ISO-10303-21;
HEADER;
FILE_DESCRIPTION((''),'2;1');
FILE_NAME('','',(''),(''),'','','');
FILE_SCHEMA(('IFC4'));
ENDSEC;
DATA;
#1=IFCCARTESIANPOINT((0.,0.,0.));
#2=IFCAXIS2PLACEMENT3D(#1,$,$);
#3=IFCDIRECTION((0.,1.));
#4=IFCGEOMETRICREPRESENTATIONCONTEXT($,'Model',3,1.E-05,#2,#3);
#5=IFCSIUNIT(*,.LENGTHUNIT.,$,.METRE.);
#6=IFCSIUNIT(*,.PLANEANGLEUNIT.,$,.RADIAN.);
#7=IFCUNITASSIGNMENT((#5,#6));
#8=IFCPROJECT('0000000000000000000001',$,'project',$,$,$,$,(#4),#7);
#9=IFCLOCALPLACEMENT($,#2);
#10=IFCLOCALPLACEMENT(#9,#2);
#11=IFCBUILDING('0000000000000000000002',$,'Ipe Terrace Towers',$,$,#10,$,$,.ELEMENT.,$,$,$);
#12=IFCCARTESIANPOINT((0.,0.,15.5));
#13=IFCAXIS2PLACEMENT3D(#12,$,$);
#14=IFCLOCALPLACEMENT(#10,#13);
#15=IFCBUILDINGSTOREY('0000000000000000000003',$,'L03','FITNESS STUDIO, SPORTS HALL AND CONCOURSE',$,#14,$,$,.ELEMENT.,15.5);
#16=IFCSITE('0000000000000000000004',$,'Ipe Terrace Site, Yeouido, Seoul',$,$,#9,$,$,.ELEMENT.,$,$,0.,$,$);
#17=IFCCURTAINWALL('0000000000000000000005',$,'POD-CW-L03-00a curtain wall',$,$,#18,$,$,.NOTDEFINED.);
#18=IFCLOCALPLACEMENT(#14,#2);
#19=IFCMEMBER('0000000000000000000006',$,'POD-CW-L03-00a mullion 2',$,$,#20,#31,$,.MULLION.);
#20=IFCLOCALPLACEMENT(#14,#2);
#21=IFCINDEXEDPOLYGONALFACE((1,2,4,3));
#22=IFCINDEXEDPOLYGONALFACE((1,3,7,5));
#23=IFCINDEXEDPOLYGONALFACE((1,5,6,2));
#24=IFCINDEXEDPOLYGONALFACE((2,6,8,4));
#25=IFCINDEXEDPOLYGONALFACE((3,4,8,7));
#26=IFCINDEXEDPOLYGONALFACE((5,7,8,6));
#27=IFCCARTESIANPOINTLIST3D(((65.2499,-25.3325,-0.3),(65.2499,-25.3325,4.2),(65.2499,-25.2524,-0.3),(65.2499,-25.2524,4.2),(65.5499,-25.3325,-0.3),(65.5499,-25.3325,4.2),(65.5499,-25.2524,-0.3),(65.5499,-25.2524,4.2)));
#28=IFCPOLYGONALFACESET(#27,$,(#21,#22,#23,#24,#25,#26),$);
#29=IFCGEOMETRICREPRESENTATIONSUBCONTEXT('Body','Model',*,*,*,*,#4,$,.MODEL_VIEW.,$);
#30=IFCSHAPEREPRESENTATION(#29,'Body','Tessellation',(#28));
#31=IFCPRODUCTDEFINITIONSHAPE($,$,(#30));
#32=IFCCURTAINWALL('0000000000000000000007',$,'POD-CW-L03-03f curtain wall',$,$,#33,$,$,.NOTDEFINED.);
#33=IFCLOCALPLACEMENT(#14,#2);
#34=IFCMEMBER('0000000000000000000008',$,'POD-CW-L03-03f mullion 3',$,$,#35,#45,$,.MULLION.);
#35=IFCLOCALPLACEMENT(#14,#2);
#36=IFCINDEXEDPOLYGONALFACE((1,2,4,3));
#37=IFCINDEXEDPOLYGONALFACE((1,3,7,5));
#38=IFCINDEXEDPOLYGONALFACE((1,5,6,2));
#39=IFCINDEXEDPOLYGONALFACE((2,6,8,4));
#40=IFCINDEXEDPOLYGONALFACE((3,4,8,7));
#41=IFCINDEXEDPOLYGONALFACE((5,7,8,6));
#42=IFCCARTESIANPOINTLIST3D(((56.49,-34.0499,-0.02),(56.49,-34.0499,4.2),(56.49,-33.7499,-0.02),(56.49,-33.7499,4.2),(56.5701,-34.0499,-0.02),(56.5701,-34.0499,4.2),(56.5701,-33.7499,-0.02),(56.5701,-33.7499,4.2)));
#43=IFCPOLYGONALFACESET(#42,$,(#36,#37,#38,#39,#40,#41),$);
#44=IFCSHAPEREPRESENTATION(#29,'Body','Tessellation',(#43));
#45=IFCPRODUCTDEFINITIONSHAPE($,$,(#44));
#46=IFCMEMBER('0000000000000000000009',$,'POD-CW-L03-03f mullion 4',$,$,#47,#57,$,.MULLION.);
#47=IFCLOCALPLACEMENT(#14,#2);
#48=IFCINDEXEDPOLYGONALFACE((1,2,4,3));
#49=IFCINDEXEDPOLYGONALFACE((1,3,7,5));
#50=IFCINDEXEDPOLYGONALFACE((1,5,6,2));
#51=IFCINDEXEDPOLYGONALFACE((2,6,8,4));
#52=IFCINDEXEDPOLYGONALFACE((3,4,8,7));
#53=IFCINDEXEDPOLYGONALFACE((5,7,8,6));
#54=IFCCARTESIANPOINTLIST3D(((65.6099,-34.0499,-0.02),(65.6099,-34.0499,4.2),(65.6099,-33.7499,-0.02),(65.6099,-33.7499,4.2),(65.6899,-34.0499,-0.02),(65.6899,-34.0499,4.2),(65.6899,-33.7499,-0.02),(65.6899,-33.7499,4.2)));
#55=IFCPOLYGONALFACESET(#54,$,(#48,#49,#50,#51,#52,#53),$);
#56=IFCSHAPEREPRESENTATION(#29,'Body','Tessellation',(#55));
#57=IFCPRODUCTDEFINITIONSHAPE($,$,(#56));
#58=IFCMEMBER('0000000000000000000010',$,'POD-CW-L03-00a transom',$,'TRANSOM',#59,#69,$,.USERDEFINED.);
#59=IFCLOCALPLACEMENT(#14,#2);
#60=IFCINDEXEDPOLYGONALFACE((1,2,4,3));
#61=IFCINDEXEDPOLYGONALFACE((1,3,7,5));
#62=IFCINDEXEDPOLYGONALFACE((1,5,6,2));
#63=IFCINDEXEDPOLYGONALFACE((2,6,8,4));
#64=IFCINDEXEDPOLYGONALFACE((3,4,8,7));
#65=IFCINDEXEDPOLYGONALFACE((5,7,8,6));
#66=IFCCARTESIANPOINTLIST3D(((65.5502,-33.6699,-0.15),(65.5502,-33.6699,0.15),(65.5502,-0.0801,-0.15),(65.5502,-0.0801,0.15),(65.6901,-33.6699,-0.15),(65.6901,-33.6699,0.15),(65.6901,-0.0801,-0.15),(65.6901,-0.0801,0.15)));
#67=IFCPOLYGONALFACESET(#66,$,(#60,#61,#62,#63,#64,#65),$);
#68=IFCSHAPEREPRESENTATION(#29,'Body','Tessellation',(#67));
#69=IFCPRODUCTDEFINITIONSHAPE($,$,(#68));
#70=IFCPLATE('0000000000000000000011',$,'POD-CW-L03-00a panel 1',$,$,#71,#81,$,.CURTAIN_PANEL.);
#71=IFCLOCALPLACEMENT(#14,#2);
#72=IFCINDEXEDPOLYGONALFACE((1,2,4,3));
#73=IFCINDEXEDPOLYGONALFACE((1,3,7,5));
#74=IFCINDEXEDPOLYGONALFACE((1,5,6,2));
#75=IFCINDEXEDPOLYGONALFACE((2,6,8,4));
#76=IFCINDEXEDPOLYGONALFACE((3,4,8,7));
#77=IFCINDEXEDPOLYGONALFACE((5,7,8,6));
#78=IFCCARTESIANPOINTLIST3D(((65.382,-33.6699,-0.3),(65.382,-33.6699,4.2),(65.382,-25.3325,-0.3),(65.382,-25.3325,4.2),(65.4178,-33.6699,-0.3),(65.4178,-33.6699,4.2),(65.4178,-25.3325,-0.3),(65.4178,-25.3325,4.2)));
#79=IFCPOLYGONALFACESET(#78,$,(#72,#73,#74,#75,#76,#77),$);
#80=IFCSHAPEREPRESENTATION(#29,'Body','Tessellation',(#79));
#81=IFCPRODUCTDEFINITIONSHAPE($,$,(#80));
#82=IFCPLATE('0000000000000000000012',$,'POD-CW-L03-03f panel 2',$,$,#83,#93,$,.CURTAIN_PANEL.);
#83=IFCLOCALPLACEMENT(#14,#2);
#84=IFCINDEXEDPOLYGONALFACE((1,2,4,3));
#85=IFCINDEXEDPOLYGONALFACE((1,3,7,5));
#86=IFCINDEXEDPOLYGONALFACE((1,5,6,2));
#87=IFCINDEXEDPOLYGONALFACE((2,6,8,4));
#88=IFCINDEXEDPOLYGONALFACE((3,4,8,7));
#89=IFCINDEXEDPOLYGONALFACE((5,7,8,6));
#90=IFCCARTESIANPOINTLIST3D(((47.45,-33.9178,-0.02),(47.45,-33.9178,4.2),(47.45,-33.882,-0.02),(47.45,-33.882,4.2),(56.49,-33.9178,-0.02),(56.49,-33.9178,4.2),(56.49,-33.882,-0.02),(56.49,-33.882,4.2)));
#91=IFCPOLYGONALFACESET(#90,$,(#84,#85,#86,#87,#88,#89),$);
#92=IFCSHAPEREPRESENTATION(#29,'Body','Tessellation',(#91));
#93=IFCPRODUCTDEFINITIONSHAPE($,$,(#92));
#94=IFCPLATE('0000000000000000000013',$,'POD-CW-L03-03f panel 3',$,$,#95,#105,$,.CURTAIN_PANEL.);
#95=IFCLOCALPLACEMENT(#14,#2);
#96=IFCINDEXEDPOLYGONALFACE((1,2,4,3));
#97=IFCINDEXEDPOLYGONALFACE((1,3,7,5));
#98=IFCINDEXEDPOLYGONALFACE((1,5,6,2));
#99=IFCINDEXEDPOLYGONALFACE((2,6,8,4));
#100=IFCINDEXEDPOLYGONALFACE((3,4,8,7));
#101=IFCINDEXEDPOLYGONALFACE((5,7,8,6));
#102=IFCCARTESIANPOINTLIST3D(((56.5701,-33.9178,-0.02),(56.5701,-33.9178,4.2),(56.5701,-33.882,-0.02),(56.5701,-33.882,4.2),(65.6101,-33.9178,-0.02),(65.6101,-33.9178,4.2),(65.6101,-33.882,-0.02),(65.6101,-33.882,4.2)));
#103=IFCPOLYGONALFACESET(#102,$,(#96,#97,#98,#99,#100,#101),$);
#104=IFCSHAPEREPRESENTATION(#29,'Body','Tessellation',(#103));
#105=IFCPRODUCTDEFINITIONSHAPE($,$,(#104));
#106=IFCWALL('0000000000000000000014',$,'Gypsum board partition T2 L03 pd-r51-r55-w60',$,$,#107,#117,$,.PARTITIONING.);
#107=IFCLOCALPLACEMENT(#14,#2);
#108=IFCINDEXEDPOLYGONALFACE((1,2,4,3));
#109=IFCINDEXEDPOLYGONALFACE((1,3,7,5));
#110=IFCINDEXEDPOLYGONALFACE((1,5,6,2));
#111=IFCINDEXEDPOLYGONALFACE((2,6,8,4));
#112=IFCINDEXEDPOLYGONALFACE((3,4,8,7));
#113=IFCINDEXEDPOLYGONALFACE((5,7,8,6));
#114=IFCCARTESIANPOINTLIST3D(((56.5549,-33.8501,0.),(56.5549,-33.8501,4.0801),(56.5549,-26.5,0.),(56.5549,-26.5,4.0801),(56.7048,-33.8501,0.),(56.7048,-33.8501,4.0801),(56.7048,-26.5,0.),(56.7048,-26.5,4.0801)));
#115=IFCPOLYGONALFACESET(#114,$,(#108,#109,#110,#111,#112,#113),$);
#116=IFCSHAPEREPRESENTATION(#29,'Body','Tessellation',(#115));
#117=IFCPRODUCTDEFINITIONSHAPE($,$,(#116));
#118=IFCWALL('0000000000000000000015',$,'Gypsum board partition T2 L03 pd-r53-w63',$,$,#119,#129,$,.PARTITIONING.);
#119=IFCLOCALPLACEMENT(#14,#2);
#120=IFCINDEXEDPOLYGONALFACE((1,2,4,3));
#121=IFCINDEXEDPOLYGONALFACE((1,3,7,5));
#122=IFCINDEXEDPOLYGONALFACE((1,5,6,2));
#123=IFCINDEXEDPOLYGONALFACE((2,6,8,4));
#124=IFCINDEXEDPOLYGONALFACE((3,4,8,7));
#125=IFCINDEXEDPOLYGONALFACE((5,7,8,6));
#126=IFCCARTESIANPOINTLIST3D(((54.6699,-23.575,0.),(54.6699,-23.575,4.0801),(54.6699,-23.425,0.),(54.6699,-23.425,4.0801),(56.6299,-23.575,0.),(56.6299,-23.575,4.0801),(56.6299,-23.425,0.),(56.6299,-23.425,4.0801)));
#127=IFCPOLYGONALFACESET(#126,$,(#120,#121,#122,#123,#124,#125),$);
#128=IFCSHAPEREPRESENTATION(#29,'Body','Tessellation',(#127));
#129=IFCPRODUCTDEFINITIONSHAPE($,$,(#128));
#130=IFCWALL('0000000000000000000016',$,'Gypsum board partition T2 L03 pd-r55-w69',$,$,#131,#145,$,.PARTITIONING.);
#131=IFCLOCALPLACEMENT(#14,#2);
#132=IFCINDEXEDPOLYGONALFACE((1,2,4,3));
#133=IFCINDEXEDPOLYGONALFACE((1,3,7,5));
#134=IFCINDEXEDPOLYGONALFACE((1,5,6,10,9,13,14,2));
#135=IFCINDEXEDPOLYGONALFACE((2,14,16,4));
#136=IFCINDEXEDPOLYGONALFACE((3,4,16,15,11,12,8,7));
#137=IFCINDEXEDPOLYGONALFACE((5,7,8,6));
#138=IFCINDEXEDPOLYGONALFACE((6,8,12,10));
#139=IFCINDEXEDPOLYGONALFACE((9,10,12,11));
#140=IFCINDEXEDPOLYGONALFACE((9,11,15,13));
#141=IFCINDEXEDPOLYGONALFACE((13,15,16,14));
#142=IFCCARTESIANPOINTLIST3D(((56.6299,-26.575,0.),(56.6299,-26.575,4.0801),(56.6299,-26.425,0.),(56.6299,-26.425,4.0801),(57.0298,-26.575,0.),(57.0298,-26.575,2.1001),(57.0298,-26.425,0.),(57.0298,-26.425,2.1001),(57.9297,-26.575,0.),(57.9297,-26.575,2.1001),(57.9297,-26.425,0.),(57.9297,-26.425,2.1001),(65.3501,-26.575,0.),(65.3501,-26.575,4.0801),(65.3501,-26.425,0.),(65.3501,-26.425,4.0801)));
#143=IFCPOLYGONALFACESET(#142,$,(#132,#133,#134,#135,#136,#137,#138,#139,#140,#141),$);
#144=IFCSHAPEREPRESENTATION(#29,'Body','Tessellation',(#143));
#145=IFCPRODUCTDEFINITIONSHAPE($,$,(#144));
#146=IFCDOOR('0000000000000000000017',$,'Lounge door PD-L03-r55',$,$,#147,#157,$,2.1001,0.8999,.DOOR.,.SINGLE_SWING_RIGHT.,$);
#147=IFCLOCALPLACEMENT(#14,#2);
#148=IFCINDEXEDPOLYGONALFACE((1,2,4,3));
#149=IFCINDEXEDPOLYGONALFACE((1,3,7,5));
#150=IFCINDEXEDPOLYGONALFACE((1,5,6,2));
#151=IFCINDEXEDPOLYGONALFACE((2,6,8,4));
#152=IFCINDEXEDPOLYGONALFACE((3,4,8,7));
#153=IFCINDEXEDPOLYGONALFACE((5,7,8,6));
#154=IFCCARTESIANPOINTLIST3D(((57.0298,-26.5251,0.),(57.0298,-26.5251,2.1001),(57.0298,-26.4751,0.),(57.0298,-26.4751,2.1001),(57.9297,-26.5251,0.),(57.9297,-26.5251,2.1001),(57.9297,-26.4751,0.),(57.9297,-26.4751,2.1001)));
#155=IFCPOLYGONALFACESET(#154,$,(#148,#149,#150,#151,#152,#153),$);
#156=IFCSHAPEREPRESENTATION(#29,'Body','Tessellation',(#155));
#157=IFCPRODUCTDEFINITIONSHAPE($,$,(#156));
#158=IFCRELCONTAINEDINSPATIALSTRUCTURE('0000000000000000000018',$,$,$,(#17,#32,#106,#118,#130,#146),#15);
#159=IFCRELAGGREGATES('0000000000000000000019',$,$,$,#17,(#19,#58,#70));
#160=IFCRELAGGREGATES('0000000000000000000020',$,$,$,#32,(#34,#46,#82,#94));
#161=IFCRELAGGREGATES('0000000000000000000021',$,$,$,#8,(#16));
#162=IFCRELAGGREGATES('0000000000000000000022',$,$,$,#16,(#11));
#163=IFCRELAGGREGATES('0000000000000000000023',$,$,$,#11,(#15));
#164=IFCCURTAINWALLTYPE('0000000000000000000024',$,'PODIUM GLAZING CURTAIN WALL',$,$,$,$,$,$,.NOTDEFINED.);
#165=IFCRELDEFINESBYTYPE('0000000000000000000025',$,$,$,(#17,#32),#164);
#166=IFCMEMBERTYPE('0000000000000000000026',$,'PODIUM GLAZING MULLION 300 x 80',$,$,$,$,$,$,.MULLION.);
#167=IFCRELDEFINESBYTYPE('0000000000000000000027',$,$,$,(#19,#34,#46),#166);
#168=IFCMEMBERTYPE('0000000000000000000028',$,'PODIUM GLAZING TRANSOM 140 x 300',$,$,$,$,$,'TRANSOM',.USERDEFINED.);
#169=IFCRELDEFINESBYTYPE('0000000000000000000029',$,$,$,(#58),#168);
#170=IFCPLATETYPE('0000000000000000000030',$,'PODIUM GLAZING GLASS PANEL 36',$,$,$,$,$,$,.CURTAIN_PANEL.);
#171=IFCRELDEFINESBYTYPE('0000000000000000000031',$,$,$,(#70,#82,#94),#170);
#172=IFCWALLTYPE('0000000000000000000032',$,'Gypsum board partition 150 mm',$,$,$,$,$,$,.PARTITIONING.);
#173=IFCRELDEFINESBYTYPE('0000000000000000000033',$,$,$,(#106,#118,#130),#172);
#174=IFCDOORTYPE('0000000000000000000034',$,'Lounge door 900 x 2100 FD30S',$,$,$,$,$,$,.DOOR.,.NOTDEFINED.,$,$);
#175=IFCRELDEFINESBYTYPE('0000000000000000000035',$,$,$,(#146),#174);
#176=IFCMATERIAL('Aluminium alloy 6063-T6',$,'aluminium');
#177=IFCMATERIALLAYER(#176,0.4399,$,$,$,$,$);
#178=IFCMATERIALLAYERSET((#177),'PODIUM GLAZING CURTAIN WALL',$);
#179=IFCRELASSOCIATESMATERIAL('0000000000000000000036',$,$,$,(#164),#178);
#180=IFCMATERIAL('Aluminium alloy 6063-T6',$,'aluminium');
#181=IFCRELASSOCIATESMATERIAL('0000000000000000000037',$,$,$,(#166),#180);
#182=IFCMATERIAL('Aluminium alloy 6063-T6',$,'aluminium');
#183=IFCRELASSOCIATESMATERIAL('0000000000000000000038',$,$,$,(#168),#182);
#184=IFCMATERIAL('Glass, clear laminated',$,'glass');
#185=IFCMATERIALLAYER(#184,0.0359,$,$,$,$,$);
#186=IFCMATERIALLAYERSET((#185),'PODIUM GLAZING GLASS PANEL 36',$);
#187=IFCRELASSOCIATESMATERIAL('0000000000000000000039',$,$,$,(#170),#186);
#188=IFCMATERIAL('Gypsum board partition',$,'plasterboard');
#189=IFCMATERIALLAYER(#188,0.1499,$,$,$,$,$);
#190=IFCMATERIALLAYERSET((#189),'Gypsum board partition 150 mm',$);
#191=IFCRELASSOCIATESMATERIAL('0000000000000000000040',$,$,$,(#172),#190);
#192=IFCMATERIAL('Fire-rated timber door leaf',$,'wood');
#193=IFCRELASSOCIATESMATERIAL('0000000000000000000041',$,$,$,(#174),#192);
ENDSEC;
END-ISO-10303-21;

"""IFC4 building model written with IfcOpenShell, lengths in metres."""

from ifc_helpers import new_model, si_unit, direction, frame, frame_2d, origin, origin_2d, place, context, subcontext, project, spatial, rectangle, extrude, material, layer, layer_set, material_profile, profile_set, type_object, element, fill, aggregate, save


model = new_model("IFC4")

# Units and contexts
model_context = context("Model", 3, precision=1e-05, world=origin(), true_north=direction((0.0, 1.0)))
body_context = subcontext(model_context, "Body", "Model", "MODEL_VIEW")
ifc_project = project(units=[si_unit("LENGTHUNIT", "METRE"), si_unit("PLANEANGLEUNIT", "RADIAN")], contexts=[model_context])

# Site, building, storey
site_placement = place(None, origin())
site = spatial("IfcSite", under=ifc_project, at=site_placement, Name="Ipe Terrace Site, Yeouido, Seoul", CompositionType="ELEMENT", RefElevation=0.0)
building_placement = place(site_placement, origin())
building = spatial("IfcBuilding", under=site, at=building_placement, Name="Ipe Terrace Towers", CompositionType="ELEMENT")
storey_placement = place(building_placement, frame((0.0, 0.0, 15.5)))
storey = spatial("IfcBuildingStorey", under=building, at=storey_placement, Name="L03", Description="FITNESS STUDIO, SPORTS HALL AND CONCOURSE", CompositionType="ELEMENT", Elevation=15.5)

# Curtain walls, members
ifc_material_1 = material(Name="Aluminium alloy 6063-T6", Category="aluminium")
ifc_layer_1 = layer(ifc_material_1, 0.4399)
ifc_layer_set_1 = layer_set([ifc_layer_1], Name="PODIUM GLAZING CURTAIN WALL")
curtain_wall_type = type_object("IfcCurtainWallType", Name="PODIUM GLAZING CURTAIN WALL", PredefinedType="NOTDEFINED", material=ifc_layer_set_1)
curtain_wall_1_placement = place(storey_placement, origin())
curtain_wall_1 = element("IfcCurtainWall", 1, at=curtain_wall_1_placement, inside=storey, type_object=curtain_wall_type, Name="POD-CW-L03-00a curtain wall", PredefinedType="NOTDEFINED")
ifc_material_2 = material(Name="Aluminium alloy 6063-T6", Category="aluminium")
ifc_material_profile_1 = material_profile(ifc_material_2, rectangle(XDim=0.3, YDim=0.0801, at=origin_2d()), Name="PODIUM GLAZING MULLION 300 x 80")
ifc_profile_set_1 = profile_set([ifc_material_profile_1], Name="Aluminium alloy 6063-T6")
member_type_1 = type_object("IfcMemberType", Name="PODIUM GLAZING MULLION 300 x 80", PredefinedType="MULLION", material=ifc_profile_set_1)
member_1_placement = place(storey_placement, frame((65.3999, -25.2925, -0.3), z_axis=(0.0, 0.0, 1.0), x_axis=(1.0, 0.0, 0.0)))
member_1 = element("IfcMember", 2, at=member_1_placement, type_object=member_type_1, Name="POD-CW-L03-00a mullion 2", PredefinedType="MULLION", context=body_context, shape_type="SweptSolid", body=[
    extrude(rectangle(XDim=0.3, YDim=0.0801, at=origin_2d()), origin(), (0.0, 0.0, 1.0), 4.5),
])
curtain_wall_2_placement = place(storey_placement, origin())
curtain_wall_2 = element("IfcCurtainWall", 3, at=curtain_wall_2_placement, inside=storey, type_object=curtain_wall_type, Name="POD-CW-L03-03f curtain wall", PredefinedType="NOTDEFINED")
member_2_placement = place(storey_placement, frame((56.53, -33.8999, -0.02), z_axis=(0.0, 0.0, 1.0), x_axis=(0.0, -1.0, 0.0)))
member_2 = element("IfcMember", 4, at=member_2_placement, type_object=member_type_1, Name="POD-CW-L03-03f mullion 3", PredefinedType="MULLION", context=body_context, shape_type="SweptSolid", body=[
    extrude(rectangle(XDim=0.3, YDim=0.0801, at=origin_2d()), origin(), (0.0, 0.0, 1.0), 4.22),
])
member_3_placement = place(storey_placement, frame((65.6499, -33.8999, -0.02), z_axis=(0.0, 0.0, 1.0), x_axis=(0.0, -1.0, 0.0)))
member_3 = element("IfcMember", 5, at=member_3_placement, type_object=member_type_1, Name="POD-CW-L03-03f mullion 4", PredefinedType="MULLION", context=body_context, shape_type="SweptSolid", body=[
    extrude(rectangle(XDim=0.3, YDim=0.0801, at=origin_2d()), origin(), (0.0, 0.0, 1.0), 4.22),
])

# Member
ifc_material_3 = material(Name="Aluminium alloy 6063-T6", Category="aluminium")
ifc_material_profile_2 = material_profile(ifc_material_3, rectangle(XDim=0.1399, YDim=0.3, at=origin_2d()), Name="PODIUM GLAZING TRANSOM 140 x 300")
ifc_profile_set_2 = profile_set([ifc_material_profile_2], Name="Aluminium alloy 6063-T6")
member_type_2 = type_object("IfcMemberType", Name="PODIUM GLAZING TRANSOM 140 x 300", ElementType="TRANSOM", PredefinedType="USERDEFINED", material=ifc_profile_set_2)
member_4_placement = place(storey_placement, frame((65.6201, -33.6699, 0.0), z_axis=(0.0, 1.0, 0.0), x_axis=(1.0, 0.0, 0.0)))
member_4 = element("IfcMember", 6, at=member_4_placement, type_object=member_type_2, Name="POD-CW-L03-00a transom", ObjectType="TRANSOM", PredefinedType="USERDEFINED", context=body_context, shape_type="SweptSolid", body=[
    extrude(rectangle(XDim=0.1399, YDim=0.3, at=origin_2d()), origin(), (0.0, 0.0, 1.0), 33.5898),
])

# Plates
ifc_material_4 = material(Name="Glass, clear laminated", Category="glass")
ifc_layer_2 = layer(ifc_material_4, 0.0359)
ifc_layer_set_2 = layer_set([ifc_layer_2], Name="PODIUM GLAZING GLASS PANEL 36")
plate_type = type_object("IfcPlateType", Name="PODIUM GLAZING GLASS PANEL 36", PredefinedType="CURTAIN_PANEL", material=ifc_layer_set_2)
plate_1_placement = place(storey_placement, frame((65.3999, -29.5012, -0.3), z_axis=(0.0, 0.0, 1.0), x_axis=(0.0, 1.0, 0.0)))
plate_1 = element("IfcPlate", 7, at=plate_1_placement, type_object=plate_type, Name="POD-CW-L03-00a panel 1", PredefinedType="CURTAIN_PANEL", context=body_context, shape_type="SweptSolid", body=[
    extrude(rectangle(XDim=8.3374, YDim=0.0359, at=origin_2d()), origin(), (0.0, 0.0, 1.0), 4.5),
])
aggregate(curtain_wall_1, [member_1, member_4, plate_1])
plate_2_placement = place(storey_placement, frame((51.97, -33.8999, -0.02), z_axis=(0.0, 0.0, 1.0), x_axis=(1.0, 0.0, 0.0)))
plate_2 = element("IfcPlate", 8, at=plate_2_placement, type_object=plate_type, Name="POD-CW-L03-03f panel 2", PredefinedType="CURTAIN_PANEL", context=body_context, shape_type="SweptSolid", body=[
    extrude(rectangle(XDim=9.04, YDim=0.0359, at=origin_2d()), origin(), (0.0, 0.0, 1.0), 4.22),
])
plate_3_placement = place(storey_placement, frame((61.0901, -33.8999, -0.02), z_axis=(0.0, 0.0, 1.0), x_axis=(1.0, 0.0, 0.0)))
plate_3 = element("IfcPlate", 9, at=plate_3_placement, type_object=plate_type, Name="POD-CW-L03-03f panel 3", PredefinedType="CURTAIN_PANEL", context=body_context, shape_type="SweptSolid", body=[
    extrude(rectangle(XDim=9.04, YDim=0.0359, at=origin_2d()), origin(), (0.0, 0.0, 1.0), 4.22),
])
aggregate(curtain_wall_2, [member_2, member_3, plate_2, plate_3])

# Walls
ifc_material_5 = material(Name="Gypsum board partition", Category="plasterboard")
ifc_layer_3 = layer(ifc_material_5, 0.1499)
ifc_layer_set_3 = layer_set([ifc_layer_3], Name="Gypsum board partition 150 mm")
wall_type = type_object("IfcWallType", Name="Gypsum board partition 150 mm", PredefinedType="PARTITIONING", material=ifc_layer_set_3)
wall_1_placement = place(storey_placement, frame((56.6299, -26.5, 0.0), z_axis=(0.0, 0.0, 1.0), x_axis=(0.0, -1.0, 0.0)))
element("IfcWall", 10, at=wall_1_placement, inside=storey, type_object=wall_type, Name="Gypsum board partition T2 L03 pd-r51-r55-w60", PredefinedType="PARTITIONING", context=body_context, shape_type="SweptSolid", body=[
    extrude(rectangle(XDim=7.3501, YDim=0.1499, at=frame_2d((3.675, 0.0))), origin(), (0.0, 0.0, 1.0), 4.0801),
])
wall_2_placement = place(storey_placement, frame((56.6299, -23.5, 0.0), z_axis=(0.0, 0.0, 1.0), x_axis=(-1.0, 0.0, 0.0)))
element("IfcWall", 11, at=wall_2_placement, inside=storey, type_object=wall_type, Name="Gypsum board partition T2 L03 pd-r53-w63", PredefinedType="PARTITIONING", context=body_context, shape_type="SweptSolid", body=[
    extrude(rectangle(XDim=1.96, YDim=0.1499, at=frame_2d((0.98, 0.0))), origin(), (0.0, 0.0, 1.0), 4.0801),
])

# Wall, opening, door
wall_3_placement = place(storey_placement, frame((56.6299, -26.5, 0.0), z_axis=(0.0, 0.0, 1.0), x_axis=(1.0, 0.0, 0.0)))
wall_3 = element("IfcWall", 12, at=wall_3_placement, inside=storey, type_object=wall_type, Name="Gypsum board partition T2 L03 pd-r55-w69", PredefinedType="PARTITIONING", context=body_context, shape_type="SweptSolid", body=[
    extrude(rectangle(XDim=8.7202, YDim=0.1499, at=frame_2d((4.3601, 0.0))), origin(), (0.0, 0.0, 1.0), 4.0801),
])
opening_1_placement = place(wall_3_placement, frame((0.3999, 0.0, 0.0)))
opening_1 = element("IfcOpeningElement", 13, at=opening_1_placement, cuts=wall_3, PredefinedType="OPENING", context=body_context, shape_type="SweptSolid", body=[
    extrude(rectangle(XDim=0.8999, YDim=2.1001, at=frame_2d((0.45, 1.05))), frame((0.0, 0.085, 0.0), z_axis=(0.0, -1.0, 0.0), x_axis=(1.0, 0.0, 0.0)), (0.0, 0.0, 1.0), 0.1699),
])
ifc_material_6 = material(Name="Fire-rated timber door leaf", Category="wood")
door_type_1 = type_object("IfcDoorType", Name="Lounge door 900 x 2100 FD30S", OperationType="NOTDEFINED", PredefinedType="DOOR", material=ifc_material_6)
door_1_placement = place(opening_1_placement, origin())
door_1 = element("IfcDoor", 14, at=door_1_placement, inside=storey, type_object=door_type_1, Name="Lounge door PD-L03-r55", OperationType="SINGLE_SWING_RIGHT", OverallHeight=2.1001, OverallWidth=0.8999, PredefinedType="DOOR", context=body_context, shape_type="SweptSolid", body=[
    extrude(rectangle(XDim=0.8999, YDim=2.1001, at=frame_2d((0.45, 1.05))), frame((0.0, 0.0249, 0.0), z_axis=(0.0, -1.0, 0.0), x_axis=(1.0, 0.0, 0.0)), (0.0, 0.0, 1.0), 0.05),
])
fill(opening_1, door_1)

save(model, "model.ifc")
